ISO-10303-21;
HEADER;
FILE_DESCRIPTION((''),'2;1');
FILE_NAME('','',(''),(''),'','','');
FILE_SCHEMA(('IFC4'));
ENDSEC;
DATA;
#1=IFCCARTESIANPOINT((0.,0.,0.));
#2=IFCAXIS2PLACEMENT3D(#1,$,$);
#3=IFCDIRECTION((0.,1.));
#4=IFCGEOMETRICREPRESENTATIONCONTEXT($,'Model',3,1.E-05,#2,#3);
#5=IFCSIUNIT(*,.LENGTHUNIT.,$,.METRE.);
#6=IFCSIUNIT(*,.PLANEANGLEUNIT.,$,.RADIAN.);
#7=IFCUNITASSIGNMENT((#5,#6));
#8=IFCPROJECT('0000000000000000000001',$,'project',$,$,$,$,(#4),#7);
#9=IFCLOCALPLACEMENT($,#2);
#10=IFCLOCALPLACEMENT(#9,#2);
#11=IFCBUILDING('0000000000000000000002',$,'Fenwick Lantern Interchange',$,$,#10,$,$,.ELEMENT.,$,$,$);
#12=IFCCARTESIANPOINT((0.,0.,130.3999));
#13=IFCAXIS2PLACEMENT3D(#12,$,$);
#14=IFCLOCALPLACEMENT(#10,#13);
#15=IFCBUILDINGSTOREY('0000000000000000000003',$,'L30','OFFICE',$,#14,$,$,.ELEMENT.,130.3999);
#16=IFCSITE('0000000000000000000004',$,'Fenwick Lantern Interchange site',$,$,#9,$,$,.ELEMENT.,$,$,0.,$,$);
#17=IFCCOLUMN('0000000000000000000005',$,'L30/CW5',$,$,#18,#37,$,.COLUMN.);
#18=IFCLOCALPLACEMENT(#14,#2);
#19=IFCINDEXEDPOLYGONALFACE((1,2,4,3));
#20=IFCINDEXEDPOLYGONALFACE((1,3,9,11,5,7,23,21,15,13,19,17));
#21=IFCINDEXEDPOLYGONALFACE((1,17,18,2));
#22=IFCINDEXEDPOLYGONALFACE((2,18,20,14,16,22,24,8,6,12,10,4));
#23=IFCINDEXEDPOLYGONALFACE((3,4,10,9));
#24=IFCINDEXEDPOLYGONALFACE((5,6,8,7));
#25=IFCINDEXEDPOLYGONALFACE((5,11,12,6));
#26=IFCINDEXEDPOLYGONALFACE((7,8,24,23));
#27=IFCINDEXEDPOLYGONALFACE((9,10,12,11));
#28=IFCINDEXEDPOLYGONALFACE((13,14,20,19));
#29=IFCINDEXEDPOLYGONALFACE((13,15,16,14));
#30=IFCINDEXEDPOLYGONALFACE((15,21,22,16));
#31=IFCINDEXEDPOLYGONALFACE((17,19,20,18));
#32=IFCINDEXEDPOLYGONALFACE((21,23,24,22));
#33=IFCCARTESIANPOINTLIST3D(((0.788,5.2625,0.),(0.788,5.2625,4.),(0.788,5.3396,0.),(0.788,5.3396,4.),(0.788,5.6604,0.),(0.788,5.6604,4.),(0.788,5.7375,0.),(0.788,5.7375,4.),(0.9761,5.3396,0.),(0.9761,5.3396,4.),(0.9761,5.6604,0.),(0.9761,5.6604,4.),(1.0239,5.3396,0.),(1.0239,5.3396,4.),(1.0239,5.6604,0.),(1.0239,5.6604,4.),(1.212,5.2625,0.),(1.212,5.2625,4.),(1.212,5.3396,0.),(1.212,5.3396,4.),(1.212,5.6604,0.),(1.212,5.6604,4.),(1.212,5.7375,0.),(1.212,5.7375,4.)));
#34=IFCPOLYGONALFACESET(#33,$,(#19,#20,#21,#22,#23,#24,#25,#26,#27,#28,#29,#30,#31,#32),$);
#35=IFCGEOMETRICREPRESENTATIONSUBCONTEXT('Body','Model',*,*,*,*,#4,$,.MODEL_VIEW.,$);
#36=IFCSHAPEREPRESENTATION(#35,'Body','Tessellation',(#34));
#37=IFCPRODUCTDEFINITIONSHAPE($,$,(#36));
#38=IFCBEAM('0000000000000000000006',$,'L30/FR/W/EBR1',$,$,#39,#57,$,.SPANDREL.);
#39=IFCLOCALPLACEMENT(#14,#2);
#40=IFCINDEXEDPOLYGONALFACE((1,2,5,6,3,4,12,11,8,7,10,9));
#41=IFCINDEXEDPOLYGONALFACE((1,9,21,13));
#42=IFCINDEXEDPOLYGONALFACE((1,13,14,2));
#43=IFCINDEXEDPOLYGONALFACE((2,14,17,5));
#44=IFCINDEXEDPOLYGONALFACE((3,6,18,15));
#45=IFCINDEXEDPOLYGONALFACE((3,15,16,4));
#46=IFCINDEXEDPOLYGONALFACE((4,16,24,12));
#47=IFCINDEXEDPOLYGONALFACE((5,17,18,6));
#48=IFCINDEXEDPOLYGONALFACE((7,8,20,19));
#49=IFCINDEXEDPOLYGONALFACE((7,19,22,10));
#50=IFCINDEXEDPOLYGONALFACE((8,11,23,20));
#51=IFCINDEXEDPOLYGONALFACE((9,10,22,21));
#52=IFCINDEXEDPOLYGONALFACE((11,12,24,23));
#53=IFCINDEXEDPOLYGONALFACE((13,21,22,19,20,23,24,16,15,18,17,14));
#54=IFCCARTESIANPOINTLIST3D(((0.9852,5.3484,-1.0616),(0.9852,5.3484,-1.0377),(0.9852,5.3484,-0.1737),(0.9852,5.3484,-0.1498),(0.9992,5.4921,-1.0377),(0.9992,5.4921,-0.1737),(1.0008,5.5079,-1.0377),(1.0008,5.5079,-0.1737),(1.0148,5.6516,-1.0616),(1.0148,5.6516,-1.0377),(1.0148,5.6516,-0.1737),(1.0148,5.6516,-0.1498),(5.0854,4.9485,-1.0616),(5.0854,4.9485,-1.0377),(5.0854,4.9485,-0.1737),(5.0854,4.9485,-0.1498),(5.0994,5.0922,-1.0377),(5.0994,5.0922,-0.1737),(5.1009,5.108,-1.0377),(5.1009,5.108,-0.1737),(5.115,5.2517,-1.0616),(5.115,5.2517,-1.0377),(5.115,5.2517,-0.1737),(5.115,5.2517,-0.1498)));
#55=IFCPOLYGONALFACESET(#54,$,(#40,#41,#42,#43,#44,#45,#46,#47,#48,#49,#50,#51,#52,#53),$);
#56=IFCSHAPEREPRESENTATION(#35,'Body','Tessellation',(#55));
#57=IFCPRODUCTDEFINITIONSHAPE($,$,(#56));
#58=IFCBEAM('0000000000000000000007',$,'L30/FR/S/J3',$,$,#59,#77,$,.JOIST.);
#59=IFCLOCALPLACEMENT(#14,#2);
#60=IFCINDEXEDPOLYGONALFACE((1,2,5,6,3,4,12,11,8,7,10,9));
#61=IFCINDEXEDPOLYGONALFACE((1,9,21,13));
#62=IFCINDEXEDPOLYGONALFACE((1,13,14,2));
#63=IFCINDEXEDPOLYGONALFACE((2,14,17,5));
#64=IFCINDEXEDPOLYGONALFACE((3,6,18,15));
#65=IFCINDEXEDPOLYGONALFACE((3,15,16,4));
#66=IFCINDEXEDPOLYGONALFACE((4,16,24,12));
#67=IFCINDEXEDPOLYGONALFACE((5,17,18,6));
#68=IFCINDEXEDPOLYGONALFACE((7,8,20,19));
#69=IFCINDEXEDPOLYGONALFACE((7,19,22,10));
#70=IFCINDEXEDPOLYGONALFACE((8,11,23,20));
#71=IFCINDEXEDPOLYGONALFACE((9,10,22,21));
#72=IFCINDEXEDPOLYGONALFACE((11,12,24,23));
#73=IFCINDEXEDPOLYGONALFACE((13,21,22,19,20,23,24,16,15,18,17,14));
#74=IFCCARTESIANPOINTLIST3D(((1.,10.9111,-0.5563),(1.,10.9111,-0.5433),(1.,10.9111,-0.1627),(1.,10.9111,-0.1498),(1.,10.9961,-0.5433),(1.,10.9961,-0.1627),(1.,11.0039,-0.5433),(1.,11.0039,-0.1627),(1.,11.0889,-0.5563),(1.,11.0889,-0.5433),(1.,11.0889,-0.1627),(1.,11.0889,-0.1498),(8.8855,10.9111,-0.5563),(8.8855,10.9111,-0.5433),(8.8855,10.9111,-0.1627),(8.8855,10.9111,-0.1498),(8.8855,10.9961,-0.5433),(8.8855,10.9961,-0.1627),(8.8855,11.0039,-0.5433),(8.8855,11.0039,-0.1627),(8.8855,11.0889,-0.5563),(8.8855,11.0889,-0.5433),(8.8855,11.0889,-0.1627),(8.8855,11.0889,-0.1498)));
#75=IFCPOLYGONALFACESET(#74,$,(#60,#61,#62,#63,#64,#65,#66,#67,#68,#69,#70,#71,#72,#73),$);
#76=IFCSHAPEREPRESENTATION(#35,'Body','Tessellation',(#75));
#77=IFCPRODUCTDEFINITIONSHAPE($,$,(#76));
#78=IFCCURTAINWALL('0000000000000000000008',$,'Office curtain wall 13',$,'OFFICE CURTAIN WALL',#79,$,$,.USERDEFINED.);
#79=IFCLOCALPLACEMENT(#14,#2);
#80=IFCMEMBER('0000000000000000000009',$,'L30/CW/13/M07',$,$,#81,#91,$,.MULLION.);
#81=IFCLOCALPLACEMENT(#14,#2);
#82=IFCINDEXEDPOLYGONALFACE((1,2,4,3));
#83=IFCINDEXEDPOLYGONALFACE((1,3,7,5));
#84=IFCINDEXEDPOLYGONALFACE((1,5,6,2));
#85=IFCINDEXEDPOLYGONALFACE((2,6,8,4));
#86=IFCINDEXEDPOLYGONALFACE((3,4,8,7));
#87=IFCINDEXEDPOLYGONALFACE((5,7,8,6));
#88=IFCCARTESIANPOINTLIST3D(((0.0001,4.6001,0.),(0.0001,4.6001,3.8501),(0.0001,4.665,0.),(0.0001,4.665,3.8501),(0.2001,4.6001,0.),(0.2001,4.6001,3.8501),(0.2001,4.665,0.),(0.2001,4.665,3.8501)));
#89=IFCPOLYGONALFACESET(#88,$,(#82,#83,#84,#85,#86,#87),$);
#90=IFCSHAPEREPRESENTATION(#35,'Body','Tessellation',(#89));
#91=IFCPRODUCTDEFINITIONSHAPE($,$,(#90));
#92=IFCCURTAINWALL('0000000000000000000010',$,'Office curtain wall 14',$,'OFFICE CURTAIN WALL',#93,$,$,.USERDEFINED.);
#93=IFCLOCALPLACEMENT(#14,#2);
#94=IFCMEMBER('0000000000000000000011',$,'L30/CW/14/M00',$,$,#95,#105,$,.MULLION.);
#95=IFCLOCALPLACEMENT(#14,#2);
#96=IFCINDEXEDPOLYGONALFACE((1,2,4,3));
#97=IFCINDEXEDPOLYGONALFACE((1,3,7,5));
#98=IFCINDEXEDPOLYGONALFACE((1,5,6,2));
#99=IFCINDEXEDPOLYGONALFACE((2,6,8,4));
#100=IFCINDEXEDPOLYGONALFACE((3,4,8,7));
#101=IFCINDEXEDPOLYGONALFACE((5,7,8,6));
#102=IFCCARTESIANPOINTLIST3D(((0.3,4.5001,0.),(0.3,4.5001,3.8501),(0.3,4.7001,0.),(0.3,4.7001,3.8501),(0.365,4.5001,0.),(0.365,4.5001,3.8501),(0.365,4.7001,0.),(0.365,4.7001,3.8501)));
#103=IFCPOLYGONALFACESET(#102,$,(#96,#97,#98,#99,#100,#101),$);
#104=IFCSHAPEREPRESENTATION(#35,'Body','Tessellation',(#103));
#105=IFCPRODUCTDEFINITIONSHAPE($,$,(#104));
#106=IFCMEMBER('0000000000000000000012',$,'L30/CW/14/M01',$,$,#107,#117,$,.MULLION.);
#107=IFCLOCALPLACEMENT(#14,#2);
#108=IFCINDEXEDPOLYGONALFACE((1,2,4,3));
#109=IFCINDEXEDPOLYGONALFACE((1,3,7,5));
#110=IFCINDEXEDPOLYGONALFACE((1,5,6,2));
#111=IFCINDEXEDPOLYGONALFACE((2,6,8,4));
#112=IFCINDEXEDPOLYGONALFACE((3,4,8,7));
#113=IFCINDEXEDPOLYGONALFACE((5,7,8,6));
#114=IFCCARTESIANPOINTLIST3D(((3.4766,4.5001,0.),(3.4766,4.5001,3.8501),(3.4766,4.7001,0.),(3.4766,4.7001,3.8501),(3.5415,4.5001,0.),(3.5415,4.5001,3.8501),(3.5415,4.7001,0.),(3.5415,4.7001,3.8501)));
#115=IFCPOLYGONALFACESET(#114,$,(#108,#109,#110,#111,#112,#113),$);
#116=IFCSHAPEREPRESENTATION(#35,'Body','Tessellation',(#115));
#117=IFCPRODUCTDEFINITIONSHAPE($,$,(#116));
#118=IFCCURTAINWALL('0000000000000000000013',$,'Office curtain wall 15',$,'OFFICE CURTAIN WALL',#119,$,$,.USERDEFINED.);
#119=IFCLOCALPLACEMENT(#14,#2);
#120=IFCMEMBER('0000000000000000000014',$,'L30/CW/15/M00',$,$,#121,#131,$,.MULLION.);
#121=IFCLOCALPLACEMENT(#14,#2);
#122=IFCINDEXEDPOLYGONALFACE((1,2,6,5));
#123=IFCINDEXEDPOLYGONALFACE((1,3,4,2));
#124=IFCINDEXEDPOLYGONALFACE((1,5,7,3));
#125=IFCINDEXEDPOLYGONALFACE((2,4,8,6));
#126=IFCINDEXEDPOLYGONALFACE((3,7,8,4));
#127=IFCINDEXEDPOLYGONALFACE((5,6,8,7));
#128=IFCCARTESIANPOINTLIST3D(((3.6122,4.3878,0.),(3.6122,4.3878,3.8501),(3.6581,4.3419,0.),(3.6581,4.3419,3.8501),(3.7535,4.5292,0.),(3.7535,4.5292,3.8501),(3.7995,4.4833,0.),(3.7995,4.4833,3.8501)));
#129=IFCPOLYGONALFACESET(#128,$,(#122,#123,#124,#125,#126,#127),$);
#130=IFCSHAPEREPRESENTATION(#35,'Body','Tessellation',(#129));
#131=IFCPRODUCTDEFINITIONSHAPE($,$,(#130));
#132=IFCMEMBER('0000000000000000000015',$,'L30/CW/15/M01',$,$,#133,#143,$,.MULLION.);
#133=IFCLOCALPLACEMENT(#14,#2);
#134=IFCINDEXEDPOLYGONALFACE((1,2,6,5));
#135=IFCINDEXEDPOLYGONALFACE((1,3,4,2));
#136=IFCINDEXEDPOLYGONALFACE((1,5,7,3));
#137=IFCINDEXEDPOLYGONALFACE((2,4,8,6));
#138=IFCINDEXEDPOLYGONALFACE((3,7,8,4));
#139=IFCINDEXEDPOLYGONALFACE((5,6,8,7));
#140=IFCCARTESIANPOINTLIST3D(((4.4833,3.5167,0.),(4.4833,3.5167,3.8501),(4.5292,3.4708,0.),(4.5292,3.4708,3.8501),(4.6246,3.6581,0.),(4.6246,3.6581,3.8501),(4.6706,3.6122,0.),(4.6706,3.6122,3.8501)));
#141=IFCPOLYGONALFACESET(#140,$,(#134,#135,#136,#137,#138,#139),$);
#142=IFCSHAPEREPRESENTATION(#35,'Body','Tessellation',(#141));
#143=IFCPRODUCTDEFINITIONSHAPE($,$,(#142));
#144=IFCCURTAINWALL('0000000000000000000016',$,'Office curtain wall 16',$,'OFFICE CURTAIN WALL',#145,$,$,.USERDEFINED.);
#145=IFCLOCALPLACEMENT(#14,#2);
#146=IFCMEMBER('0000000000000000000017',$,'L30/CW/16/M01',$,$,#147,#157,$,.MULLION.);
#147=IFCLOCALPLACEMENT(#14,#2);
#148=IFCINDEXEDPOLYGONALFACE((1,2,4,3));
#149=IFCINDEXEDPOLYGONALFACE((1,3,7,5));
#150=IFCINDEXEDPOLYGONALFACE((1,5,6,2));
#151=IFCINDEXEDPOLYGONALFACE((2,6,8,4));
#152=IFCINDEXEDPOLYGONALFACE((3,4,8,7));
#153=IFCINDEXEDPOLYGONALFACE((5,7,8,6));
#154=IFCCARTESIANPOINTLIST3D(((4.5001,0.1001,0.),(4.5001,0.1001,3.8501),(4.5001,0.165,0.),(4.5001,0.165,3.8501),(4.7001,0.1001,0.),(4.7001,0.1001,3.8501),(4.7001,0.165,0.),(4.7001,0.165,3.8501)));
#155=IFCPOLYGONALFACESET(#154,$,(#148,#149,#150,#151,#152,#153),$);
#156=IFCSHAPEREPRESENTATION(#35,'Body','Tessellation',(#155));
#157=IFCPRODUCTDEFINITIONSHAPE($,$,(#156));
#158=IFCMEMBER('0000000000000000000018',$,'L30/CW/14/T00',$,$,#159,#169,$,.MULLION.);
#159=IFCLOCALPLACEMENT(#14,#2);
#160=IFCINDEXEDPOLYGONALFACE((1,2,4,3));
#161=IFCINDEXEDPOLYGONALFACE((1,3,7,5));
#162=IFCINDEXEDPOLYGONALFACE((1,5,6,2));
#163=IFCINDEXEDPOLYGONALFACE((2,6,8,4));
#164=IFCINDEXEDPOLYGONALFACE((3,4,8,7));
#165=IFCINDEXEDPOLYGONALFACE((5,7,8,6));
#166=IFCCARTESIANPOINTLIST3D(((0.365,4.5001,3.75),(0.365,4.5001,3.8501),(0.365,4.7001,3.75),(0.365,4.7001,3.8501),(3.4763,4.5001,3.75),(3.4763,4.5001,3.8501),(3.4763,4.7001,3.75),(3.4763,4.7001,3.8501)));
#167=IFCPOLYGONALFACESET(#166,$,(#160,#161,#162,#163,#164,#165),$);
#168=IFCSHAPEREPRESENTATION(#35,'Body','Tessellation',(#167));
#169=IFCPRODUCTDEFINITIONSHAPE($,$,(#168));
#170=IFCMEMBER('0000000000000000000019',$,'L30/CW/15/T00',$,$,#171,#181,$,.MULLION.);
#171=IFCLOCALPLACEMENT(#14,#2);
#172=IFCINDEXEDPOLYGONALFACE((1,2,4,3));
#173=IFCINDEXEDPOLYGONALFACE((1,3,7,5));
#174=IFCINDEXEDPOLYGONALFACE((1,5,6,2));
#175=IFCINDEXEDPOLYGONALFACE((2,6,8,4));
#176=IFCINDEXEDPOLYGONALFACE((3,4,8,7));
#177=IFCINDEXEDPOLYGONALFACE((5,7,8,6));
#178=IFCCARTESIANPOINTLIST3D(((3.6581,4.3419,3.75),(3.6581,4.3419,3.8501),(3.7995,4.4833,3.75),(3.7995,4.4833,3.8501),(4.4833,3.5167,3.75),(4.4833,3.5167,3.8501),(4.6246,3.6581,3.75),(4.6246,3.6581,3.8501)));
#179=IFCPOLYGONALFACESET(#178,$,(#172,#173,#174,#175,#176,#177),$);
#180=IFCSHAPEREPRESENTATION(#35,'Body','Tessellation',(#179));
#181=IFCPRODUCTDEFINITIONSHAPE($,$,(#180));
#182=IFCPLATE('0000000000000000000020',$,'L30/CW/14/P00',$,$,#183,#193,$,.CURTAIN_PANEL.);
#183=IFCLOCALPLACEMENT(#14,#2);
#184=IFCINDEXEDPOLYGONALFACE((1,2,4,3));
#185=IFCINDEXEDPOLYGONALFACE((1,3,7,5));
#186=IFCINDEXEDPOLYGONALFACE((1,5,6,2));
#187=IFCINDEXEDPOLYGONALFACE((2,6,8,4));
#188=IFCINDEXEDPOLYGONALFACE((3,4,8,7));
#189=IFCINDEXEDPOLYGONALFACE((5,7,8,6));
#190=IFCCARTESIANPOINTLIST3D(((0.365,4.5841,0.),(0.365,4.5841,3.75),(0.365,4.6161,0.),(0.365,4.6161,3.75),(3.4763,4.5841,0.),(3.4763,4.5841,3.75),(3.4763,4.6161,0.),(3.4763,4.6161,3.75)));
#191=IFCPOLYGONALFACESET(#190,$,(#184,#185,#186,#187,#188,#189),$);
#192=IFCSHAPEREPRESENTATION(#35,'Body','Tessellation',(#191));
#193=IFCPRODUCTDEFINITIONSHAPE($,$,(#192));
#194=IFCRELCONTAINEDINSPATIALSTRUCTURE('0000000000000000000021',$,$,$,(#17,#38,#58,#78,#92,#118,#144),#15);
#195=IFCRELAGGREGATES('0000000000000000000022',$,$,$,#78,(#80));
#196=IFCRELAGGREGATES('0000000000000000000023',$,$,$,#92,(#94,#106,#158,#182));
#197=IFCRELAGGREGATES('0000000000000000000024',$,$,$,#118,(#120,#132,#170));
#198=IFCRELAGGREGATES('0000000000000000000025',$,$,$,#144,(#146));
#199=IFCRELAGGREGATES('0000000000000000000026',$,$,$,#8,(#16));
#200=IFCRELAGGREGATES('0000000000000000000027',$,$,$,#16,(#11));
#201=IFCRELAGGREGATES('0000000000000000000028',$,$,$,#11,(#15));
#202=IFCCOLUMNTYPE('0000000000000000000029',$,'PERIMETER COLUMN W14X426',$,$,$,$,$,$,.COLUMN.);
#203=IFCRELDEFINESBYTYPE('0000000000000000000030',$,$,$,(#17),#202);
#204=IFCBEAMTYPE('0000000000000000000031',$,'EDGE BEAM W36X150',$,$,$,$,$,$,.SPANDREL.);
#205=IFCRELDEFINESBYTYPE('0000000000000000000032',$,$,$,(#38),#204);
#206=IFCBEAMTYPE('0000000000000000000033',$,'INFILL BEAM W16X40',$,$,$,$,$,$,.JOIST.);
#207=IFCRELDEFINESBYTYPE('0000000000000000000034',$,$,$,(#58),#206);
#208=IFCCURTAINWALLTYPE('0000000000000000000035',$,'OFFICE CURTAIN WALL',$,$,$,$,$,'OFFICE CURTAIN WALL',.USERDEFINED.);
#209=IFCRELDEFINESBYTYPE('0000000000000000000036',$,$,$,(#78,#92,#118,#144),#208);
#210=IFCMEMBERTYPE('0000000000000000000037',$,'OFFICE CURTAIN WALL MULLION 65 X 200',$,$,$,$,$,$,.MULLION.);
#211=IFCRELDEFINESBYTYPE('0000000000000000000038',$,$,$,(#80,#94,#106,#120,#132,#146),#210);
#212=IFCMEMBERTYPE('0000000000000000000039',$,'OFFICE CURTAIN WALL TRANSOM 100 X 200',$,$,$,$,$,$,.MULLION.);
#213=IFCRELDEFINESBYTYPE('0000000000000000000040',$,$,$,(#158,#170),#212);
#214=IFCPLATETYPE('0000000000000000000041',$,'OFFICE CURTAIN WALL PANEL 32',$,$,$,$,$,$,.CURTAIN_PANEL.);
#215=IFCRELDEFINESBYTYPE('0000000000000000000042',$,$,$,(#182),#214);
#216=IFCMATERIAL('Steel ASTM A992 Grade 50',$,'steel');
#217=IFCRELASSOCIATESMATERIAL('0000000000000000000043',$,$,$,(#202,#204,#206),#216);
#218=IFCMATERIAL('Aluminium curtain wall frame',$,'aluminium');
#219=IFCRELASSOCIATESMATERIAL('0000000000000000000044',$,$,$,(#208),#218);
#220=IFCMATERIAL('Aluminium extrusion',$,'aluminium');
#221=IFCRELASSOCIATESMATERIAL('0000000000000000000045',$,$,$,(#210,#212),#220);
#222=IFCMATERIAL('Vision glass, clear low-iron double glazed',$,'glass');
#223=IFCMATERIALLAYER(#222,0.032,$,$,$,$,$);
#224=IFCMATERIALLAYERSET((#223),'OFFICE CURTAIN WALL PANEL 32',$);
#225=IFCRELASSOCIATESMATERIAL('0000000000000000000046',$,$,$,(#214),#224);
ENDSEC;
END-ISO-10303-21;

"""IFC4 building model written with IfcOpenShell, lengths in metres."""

from ifc_helpers import new_model, si_unit, direction, frame, origin, origin_2d, place, context, subcontext, project, spatial, rectangle, i_section, extrude, material, layer, layer_set, material_profile, profile_set, type_object, element, aggregate, save


model = new_model("IFC4")

# Units and contexts
model_context = context("Model", 3, precision=1e-05, world=origin(), true_north=direction((0.0, 1.0)))
body_context = subcontext(model_context, "Body", "Model", "MODEL_VIEW")
ifc_project = project(units=[si_unit("LENGTHUNIT", "METRE"), si_unit("PLANEANGLEUNIT", "RADIAN")], contexts=[model_context])

# Site, building, storey
site_placement = place(None, origin())
site = spatial("IfcSite", under=ifc_project, at=site_placement, Name="Fenwick Lantern Interchange site", CompositionType="ELEMENT", RefElevation=0.0)
building_placement = place(site_placement, origin())
building = spatial("IfcBuilding", under=site, at=building_placement, Name="Fenwick Lantern Interchange", CompositionType="ELEMENT")
storey_placement = place(building_placement, frame((0.0, 0.0, 130.3999)))
storey = spatial("IfcBuildingStorey", under=building, at=storey_placement, Name="L30", Description="OFFICE", CompositionType="ELEMENT", Elevation=130.3999)

# Column
ifc_material_1 = material(Name="Steel ASTM A992 Grade 50", Category="steel")
ifc_material_profile_1 = material_profile(ifc_material_1, i_section(OverallWidth=0.4241, OverallDepth=0.4751, WebThickness=0.0479, FlangeThickness=0.0771, at=origin_2d()), Name="W14X426")
ifc_profile_set_1 = profile_set([ifc_material_profile_1], Name="Steel ASTM A992 Grade 50")
column_type = type_object("IfcColumnType", Name="PERIMETER COLUMN W14X426", PredefinedType="COLUMN", material=ifc_profile_set_1)
column_placement = place(storey_placement, frame((1.0, 5.5, 0.0), z_axis=(0.0, 0.0, 1.0), x_axis=(1.0, 0.0, 0.0)))
element("IfcColumn", 1, at=column_placement, inside=storey, type_object=column_type, Name="L30/CW5", PredefinedType="COLUMN", context=body_context, shape_type="SweptSolid", body=[
    extrude(i_section(OverallWidth=0.4241, OverallDepth=0.4751, WebThickness=0.0479, FlangeThickness=0.0771, at=origin_2d()), origin(), (0.0, 0.0, 1.0), 4.0),
])

# Beams
ifc_material_profile_2 = material_profile(ifc_material_1, i_section(OverallWidth=0.3047, OverallDepth=0.9119, WebThickness=0.0159, FlangeThickness=0.0239, at=origin_2d()), Name="W36X150")
ifc_profile_set_2 = profile_set([ifc_material_profile_2], Name="Steel ASTM A992 Grade 50")
beam_type_1 = type_object("IfcBeamType", Name="EDGE BEAM W36X150", PredefinedType="SPANDREL", material=ifc_profile_set_2)
beam_1_placement = place(storey_placement, frame((1.0, 5.5, -0.6057), z_axis=(0.995277, -0.097074, 0.0), x_axis=(0.097074, 0.995277, 0.0)))
element("IfcBeam", 2, at=beam_1_placement, inside=storey, type_object=beam_type_1, Name="L30/FR/W/EBR1", PredefinedType="SPANDREL", context=body_context, shape_type="SweptSolid", body=[
    extrude(i_section(OverallWidth=0.3047, OverallDepth=0.9119, WebThickness=0.0159, FlangeThickness=0.0239, at=origin_2d()), origin(), (0.0, 0.0, 1.0), 4.1196),
])
ifc_material_profile_3 = material_profile(ifc_material_1, i_section(OverallWidth=0.1777, OverallDepth=0.4065, WebThickness=0.0078, FlangeThickness=0.0129, at=origin_2d()), Name="W16X40")
ifc_profile_set_3 = profile_set([ifc_material_profile_3], Name="Steel ASTM A992 Grade 50")
beam_type_2 = type_object("IfcBeamType", Name="INFILL BEAM W16X40", PredefinedType="JOIST", material=ifc_profile_set_3)
beam_2_placement = place(storey_placement, frame((1.0, 11.0, -0.353), z_axis=(1.0, 0.0, 0.0), x_axis=(0.0, 1.0, 0.0)))
element("IfcBeam", 3, at=beam_2_placement, inside=storey, type_object=beam_type_2, Name="L30/FR/S/J3", PredefinedType="JOIST", context=body_context, shape_type="SweptSolid", body=[
    extrude(i_section(OverallWidth=0.1777, OverallDepth=0.4065, WebThickness=0.0078, FlangeThickness=0.0129, at=origin_2d()), origin(), (0.0, 0.0, 1.0), 7.8855),
])

# Curtain wall, member
ifc_material_2 = material(Name="Aluminium curtain wall frame", Category="aluminium")
curtain_wall_type = type_object("IfcCurtainWallType", Name="OFFICE CURTAIN WALL", ElementType="OFFICE CURTAIN WALL", PredefinedType="USERDEFINED", material=ifc_material_2)
curtain_wall_1_placement = place(storey_placement, origin())
curtain_wall_1 = element("IfcCurtainWall", 4, at=curtain_wall_1_placement, inside=storey, type_object=curtain_wall_type, Name="Office curtain wall 13", ObjectType="OFFICE CURTAIN WALL", PredefinedType="USERDEFINED")
ifc_material_3 = material(Name="Aluminium extrusion", Category="aluminium")
ifc_material_profile_4 = material_profile(ifc_material_3, rectangle(XDim=0.2, YDim=0.0649, at=origin_2d()), Name="OFFICE CURTAIN WALL MULLION 65 X 200")
ifc_profile_set_4 = profile_set([ifc_material_profile_4], Name="Aluminium extrusion")
member_type_1 = type_object("IfcMemberType", Name="OFFICE CURTAIN WALL MULLION 65 X 200", PredefinedType="MULLION", material=ifc_profile_set_4)
member_1_placement = place(storey_placement, frame((0.1001, 4.6326, 0.0), z_axis=(0.0, 0.0, 1.0), x_axis=(1.0, 0.0, 0.0)))
member_1 = element("IfcMember", 5, at=member_1_placement, type_object=member_type_1, Name="L30/CW/13/M07", PredefinedType="MULLION", context=body_context, shape_type="SweptSolid", body=[
    extrude(rectangle(XDim=0.2, YDim=0.0649, at=origin_2d()), origin(), (0.0, 0.0, 1.0), 3.8501),
])
aggregate(curtain_wall_1, [member_1])

# Curtain walls, members
curtain_wall_2_placement = place(storey_placement, origin())
curtain_wall_2 = element("IfcCurtainWall", 6, at=curtain_wall_2_placement, inside=storey, type_object=curtain_wall_type, Name="Office curtain wall 14", ObjectType="OFFICE CURTAIN WALL", PredefinedType="USERDEFINED")
member_2_placement = place(storey_placement, frame((0.3325, 4.6001, 0.0), z_axis=(0.0, 0.0, 1.0), x_axis=(0.0, 1.0, 0.0)))
member_2 = element("IfcMember", 7, at=member_2_placement, type_object=member_type_1, Name="L30/CW/14/M00", PredefinedType="MULLION", context=body_context, shape_type="SweptSolid", body=[
    extrude(rectangle(XDim=0.2, YDim=0.0649, at=origin_2d()), origin(), (0.0, 0.0, 1.0), 3.8501),
])
member_3_placement = place(storey_placement, frame((3.509, 4.6001, 0.0), z_axis=(0.0, 0.0, 1.0), x_axis=(0.0, 1.0, 0.0)))
member_3 = element("IfcMember", 8, at=member_3_placement, type_object=member_type_1, Name="L30/CW/14/M01", PredefinedType="MULLION", context=body_context, shape_type="SweptSolid", body=[
    extrude(rectangle(XDim=0.2, YDim=0.0649, at=origin_2d()), origin(), (0.0, 0.0, 1.0), 3.8501),
])
curtain_wall_3_placement = place(storey_placement, origin())
curtain_wall_3 = element("IfcCurtainWall", 9, at=curtain_wall_3_placement, inside=storey, type_object=curtain_wall_type, Name="Office curtain wall 15", ObjectType="OFFICE CURTAIN WALL", PredefinedType="USERDEFINED")
member_4_placement = place(storey_placement, frame((3.7058, 4.4355, 0.0), z_axis=(0.0, 0.0, 1.0), x_axis=(0.707107, 0.707107, 0.0)))
member_4 = element("IfcMember", 10, at=member_4_placement, type_object=member_type_1, Name="L30/CW/15/M00", PredefinedType="MULLION", context=body_context, shape_type="SweptSolid", body=[
    extrude(rectangle(XDim=0.2, YDim=0.0649, at=origin_2d()), origin(), (0.0, 0.0, 1.0), 3.8501),
])
member_5_placement = place(storey_placement, frame((4.5769, 3.5645, 0.0), z_axis=(0.0, 0.0, 1.0), x_axis=(0.707107, 0.707107, 0.0)))
member_5 = element("IfcMember", 11, at=member_5_placement, type_object=member_type_1, Name="L30/CW/15/M01", PredefinedType="MULLION", context=body_context, shape_type="SweptSolid", body=[
    extrude(rectangle(XDim=0.2, YDim=0.0649, at=origin_2d()), origin(), (0.0, 0.0, 1.0), 3.8501),
])

# Curtain wall, member
curtain_wall_4_placement = place(storey_placement, origin())
curtain_wall_4 = element("IfcCurtainWall", 12, at=curtain_wall_4_placement, inside=storey, type_object=curtain_wall_type, Name="Office curtain wall 16", ObjectType="OFFICE CURTAIN WALL", PredefinedType="USERDEFINED")
member_6_placement = place(storey_placement, frame((4.6001, 0.1326, 0.0), z_axis=(0.0, 0.0, 1.0), x_axis=(1.0, 0.0, 0.0)))
member_6 = element("IfcMember", 13, at=member_6_placement, type_object=member_type_1, Name="L30/CW/16/M01", PredefinedType="MULLION", context=body_context, shape_type="SweptSolid", body=[
    extrude(rectangle(XDim=0.2, YDim=0.0649, at=origin_2d()), origin(), (0.0, 0.0, 1.0), 3.8501),
])

# Members
ifc_material_profile_5 = material_profile(ifc_material_3, rectangle(XDim=0.2, YDim=0.1001, at=origin_2d()), Name="OFFICE CURTAIN WALL TRANSOM 100 X 200")
ifc_profile_set_5 = profile_set([ifc_material_profile_5], Name="Aluminium extrusion")
member_type_2 = type_object("IfcMemberType", Name="OFFICE CURTAIN WALL TRANSOM 100 X 200", PredefinedType="MULLION", material=ifc_profile_set_5)
member_7_placement = place(storey_placement, frame((0.365, 4.6001, 3.8), z_axis=(1.0, 0.0, 0.0), x_axis=(0.0, 1.0, 0.0)))
member_7 = element("IfcMember", 14, at=member_7_placement, type_object=member_type_2, Name="L30/CW/14/T00", PredefinedType="MULLION", context=body_context, shape_type="SweptSolid", body=[
    extrude(rectangle(XDim=0.2, YDim=0.1001, at=origin_2d()), origin(), (0.0, 0.0, 1.0), 3.1113),
])
member_8_placement = place(storey_placement, frame((3.7288, 4.4126, 3.8), z_axis=(0.707107, -0.707107, 0.0), x_axis=(0.707107, 0.707107, 0.0)))
member_8 = element("IfcMember", 15, at=member_8_placement, type_object=member_type_2, Name="L30/CW/15/T00", PredefinedType="MULLION", context=body_context, shape_type="SweptSolid", body=[
    extrude(rectangle(XDim=0.2, YDim=0.1001, at=origin_2d()), origin(), (0.0, 0.0, 1.0), 1.167),
])

# Shared definitions
ifc_material_4 = material(Name="Vision glass, clear low-iron double glazed", Category="glass")
ifc_layer_1 = layer(ifc_material_4, 0.032)
ifc_layer_set_1 = layer_set([ifc_layer_1], Name="OFFICE CURTAIN WALL PANEL 32")
plate_type = type_object("IfcPlateType", Name="OFFICE CURTAIN WALL PANEL 32", PredefinedType="CURTAIN_PANEL", material=ifc_layer_set_1)

# Plate
plate_1_placement = place(storey_placement, frame((1.9207, 4.6001, 0.0), z_axis=(0.0, 0.0, 1.0), x_axis=(1.0, 0.0, 0.0)))
plate_1 = element("IfcPlate", 16, at=plate_1_placement, type_object=plate_type, Name="L30/CW/14/P00", PredefinedType="CURTAIN_PANEL", context=body_context, shape_type="SweptSolid", body=[
    extrude(rectangle(XDim=3.1113, YDim=0.032, at=origin_2d()), origin(), (0.0, 0.0, 1.0), 3.75),
])
aggregate(curtain_wall_2, [member_2, member_3, member_7, plate_1])
aggregate(curtain_wall_3, [member_4, member_5, member_8])
aggregate(curtain_wall_4, [member_6])

save(model, "model.ifc")
